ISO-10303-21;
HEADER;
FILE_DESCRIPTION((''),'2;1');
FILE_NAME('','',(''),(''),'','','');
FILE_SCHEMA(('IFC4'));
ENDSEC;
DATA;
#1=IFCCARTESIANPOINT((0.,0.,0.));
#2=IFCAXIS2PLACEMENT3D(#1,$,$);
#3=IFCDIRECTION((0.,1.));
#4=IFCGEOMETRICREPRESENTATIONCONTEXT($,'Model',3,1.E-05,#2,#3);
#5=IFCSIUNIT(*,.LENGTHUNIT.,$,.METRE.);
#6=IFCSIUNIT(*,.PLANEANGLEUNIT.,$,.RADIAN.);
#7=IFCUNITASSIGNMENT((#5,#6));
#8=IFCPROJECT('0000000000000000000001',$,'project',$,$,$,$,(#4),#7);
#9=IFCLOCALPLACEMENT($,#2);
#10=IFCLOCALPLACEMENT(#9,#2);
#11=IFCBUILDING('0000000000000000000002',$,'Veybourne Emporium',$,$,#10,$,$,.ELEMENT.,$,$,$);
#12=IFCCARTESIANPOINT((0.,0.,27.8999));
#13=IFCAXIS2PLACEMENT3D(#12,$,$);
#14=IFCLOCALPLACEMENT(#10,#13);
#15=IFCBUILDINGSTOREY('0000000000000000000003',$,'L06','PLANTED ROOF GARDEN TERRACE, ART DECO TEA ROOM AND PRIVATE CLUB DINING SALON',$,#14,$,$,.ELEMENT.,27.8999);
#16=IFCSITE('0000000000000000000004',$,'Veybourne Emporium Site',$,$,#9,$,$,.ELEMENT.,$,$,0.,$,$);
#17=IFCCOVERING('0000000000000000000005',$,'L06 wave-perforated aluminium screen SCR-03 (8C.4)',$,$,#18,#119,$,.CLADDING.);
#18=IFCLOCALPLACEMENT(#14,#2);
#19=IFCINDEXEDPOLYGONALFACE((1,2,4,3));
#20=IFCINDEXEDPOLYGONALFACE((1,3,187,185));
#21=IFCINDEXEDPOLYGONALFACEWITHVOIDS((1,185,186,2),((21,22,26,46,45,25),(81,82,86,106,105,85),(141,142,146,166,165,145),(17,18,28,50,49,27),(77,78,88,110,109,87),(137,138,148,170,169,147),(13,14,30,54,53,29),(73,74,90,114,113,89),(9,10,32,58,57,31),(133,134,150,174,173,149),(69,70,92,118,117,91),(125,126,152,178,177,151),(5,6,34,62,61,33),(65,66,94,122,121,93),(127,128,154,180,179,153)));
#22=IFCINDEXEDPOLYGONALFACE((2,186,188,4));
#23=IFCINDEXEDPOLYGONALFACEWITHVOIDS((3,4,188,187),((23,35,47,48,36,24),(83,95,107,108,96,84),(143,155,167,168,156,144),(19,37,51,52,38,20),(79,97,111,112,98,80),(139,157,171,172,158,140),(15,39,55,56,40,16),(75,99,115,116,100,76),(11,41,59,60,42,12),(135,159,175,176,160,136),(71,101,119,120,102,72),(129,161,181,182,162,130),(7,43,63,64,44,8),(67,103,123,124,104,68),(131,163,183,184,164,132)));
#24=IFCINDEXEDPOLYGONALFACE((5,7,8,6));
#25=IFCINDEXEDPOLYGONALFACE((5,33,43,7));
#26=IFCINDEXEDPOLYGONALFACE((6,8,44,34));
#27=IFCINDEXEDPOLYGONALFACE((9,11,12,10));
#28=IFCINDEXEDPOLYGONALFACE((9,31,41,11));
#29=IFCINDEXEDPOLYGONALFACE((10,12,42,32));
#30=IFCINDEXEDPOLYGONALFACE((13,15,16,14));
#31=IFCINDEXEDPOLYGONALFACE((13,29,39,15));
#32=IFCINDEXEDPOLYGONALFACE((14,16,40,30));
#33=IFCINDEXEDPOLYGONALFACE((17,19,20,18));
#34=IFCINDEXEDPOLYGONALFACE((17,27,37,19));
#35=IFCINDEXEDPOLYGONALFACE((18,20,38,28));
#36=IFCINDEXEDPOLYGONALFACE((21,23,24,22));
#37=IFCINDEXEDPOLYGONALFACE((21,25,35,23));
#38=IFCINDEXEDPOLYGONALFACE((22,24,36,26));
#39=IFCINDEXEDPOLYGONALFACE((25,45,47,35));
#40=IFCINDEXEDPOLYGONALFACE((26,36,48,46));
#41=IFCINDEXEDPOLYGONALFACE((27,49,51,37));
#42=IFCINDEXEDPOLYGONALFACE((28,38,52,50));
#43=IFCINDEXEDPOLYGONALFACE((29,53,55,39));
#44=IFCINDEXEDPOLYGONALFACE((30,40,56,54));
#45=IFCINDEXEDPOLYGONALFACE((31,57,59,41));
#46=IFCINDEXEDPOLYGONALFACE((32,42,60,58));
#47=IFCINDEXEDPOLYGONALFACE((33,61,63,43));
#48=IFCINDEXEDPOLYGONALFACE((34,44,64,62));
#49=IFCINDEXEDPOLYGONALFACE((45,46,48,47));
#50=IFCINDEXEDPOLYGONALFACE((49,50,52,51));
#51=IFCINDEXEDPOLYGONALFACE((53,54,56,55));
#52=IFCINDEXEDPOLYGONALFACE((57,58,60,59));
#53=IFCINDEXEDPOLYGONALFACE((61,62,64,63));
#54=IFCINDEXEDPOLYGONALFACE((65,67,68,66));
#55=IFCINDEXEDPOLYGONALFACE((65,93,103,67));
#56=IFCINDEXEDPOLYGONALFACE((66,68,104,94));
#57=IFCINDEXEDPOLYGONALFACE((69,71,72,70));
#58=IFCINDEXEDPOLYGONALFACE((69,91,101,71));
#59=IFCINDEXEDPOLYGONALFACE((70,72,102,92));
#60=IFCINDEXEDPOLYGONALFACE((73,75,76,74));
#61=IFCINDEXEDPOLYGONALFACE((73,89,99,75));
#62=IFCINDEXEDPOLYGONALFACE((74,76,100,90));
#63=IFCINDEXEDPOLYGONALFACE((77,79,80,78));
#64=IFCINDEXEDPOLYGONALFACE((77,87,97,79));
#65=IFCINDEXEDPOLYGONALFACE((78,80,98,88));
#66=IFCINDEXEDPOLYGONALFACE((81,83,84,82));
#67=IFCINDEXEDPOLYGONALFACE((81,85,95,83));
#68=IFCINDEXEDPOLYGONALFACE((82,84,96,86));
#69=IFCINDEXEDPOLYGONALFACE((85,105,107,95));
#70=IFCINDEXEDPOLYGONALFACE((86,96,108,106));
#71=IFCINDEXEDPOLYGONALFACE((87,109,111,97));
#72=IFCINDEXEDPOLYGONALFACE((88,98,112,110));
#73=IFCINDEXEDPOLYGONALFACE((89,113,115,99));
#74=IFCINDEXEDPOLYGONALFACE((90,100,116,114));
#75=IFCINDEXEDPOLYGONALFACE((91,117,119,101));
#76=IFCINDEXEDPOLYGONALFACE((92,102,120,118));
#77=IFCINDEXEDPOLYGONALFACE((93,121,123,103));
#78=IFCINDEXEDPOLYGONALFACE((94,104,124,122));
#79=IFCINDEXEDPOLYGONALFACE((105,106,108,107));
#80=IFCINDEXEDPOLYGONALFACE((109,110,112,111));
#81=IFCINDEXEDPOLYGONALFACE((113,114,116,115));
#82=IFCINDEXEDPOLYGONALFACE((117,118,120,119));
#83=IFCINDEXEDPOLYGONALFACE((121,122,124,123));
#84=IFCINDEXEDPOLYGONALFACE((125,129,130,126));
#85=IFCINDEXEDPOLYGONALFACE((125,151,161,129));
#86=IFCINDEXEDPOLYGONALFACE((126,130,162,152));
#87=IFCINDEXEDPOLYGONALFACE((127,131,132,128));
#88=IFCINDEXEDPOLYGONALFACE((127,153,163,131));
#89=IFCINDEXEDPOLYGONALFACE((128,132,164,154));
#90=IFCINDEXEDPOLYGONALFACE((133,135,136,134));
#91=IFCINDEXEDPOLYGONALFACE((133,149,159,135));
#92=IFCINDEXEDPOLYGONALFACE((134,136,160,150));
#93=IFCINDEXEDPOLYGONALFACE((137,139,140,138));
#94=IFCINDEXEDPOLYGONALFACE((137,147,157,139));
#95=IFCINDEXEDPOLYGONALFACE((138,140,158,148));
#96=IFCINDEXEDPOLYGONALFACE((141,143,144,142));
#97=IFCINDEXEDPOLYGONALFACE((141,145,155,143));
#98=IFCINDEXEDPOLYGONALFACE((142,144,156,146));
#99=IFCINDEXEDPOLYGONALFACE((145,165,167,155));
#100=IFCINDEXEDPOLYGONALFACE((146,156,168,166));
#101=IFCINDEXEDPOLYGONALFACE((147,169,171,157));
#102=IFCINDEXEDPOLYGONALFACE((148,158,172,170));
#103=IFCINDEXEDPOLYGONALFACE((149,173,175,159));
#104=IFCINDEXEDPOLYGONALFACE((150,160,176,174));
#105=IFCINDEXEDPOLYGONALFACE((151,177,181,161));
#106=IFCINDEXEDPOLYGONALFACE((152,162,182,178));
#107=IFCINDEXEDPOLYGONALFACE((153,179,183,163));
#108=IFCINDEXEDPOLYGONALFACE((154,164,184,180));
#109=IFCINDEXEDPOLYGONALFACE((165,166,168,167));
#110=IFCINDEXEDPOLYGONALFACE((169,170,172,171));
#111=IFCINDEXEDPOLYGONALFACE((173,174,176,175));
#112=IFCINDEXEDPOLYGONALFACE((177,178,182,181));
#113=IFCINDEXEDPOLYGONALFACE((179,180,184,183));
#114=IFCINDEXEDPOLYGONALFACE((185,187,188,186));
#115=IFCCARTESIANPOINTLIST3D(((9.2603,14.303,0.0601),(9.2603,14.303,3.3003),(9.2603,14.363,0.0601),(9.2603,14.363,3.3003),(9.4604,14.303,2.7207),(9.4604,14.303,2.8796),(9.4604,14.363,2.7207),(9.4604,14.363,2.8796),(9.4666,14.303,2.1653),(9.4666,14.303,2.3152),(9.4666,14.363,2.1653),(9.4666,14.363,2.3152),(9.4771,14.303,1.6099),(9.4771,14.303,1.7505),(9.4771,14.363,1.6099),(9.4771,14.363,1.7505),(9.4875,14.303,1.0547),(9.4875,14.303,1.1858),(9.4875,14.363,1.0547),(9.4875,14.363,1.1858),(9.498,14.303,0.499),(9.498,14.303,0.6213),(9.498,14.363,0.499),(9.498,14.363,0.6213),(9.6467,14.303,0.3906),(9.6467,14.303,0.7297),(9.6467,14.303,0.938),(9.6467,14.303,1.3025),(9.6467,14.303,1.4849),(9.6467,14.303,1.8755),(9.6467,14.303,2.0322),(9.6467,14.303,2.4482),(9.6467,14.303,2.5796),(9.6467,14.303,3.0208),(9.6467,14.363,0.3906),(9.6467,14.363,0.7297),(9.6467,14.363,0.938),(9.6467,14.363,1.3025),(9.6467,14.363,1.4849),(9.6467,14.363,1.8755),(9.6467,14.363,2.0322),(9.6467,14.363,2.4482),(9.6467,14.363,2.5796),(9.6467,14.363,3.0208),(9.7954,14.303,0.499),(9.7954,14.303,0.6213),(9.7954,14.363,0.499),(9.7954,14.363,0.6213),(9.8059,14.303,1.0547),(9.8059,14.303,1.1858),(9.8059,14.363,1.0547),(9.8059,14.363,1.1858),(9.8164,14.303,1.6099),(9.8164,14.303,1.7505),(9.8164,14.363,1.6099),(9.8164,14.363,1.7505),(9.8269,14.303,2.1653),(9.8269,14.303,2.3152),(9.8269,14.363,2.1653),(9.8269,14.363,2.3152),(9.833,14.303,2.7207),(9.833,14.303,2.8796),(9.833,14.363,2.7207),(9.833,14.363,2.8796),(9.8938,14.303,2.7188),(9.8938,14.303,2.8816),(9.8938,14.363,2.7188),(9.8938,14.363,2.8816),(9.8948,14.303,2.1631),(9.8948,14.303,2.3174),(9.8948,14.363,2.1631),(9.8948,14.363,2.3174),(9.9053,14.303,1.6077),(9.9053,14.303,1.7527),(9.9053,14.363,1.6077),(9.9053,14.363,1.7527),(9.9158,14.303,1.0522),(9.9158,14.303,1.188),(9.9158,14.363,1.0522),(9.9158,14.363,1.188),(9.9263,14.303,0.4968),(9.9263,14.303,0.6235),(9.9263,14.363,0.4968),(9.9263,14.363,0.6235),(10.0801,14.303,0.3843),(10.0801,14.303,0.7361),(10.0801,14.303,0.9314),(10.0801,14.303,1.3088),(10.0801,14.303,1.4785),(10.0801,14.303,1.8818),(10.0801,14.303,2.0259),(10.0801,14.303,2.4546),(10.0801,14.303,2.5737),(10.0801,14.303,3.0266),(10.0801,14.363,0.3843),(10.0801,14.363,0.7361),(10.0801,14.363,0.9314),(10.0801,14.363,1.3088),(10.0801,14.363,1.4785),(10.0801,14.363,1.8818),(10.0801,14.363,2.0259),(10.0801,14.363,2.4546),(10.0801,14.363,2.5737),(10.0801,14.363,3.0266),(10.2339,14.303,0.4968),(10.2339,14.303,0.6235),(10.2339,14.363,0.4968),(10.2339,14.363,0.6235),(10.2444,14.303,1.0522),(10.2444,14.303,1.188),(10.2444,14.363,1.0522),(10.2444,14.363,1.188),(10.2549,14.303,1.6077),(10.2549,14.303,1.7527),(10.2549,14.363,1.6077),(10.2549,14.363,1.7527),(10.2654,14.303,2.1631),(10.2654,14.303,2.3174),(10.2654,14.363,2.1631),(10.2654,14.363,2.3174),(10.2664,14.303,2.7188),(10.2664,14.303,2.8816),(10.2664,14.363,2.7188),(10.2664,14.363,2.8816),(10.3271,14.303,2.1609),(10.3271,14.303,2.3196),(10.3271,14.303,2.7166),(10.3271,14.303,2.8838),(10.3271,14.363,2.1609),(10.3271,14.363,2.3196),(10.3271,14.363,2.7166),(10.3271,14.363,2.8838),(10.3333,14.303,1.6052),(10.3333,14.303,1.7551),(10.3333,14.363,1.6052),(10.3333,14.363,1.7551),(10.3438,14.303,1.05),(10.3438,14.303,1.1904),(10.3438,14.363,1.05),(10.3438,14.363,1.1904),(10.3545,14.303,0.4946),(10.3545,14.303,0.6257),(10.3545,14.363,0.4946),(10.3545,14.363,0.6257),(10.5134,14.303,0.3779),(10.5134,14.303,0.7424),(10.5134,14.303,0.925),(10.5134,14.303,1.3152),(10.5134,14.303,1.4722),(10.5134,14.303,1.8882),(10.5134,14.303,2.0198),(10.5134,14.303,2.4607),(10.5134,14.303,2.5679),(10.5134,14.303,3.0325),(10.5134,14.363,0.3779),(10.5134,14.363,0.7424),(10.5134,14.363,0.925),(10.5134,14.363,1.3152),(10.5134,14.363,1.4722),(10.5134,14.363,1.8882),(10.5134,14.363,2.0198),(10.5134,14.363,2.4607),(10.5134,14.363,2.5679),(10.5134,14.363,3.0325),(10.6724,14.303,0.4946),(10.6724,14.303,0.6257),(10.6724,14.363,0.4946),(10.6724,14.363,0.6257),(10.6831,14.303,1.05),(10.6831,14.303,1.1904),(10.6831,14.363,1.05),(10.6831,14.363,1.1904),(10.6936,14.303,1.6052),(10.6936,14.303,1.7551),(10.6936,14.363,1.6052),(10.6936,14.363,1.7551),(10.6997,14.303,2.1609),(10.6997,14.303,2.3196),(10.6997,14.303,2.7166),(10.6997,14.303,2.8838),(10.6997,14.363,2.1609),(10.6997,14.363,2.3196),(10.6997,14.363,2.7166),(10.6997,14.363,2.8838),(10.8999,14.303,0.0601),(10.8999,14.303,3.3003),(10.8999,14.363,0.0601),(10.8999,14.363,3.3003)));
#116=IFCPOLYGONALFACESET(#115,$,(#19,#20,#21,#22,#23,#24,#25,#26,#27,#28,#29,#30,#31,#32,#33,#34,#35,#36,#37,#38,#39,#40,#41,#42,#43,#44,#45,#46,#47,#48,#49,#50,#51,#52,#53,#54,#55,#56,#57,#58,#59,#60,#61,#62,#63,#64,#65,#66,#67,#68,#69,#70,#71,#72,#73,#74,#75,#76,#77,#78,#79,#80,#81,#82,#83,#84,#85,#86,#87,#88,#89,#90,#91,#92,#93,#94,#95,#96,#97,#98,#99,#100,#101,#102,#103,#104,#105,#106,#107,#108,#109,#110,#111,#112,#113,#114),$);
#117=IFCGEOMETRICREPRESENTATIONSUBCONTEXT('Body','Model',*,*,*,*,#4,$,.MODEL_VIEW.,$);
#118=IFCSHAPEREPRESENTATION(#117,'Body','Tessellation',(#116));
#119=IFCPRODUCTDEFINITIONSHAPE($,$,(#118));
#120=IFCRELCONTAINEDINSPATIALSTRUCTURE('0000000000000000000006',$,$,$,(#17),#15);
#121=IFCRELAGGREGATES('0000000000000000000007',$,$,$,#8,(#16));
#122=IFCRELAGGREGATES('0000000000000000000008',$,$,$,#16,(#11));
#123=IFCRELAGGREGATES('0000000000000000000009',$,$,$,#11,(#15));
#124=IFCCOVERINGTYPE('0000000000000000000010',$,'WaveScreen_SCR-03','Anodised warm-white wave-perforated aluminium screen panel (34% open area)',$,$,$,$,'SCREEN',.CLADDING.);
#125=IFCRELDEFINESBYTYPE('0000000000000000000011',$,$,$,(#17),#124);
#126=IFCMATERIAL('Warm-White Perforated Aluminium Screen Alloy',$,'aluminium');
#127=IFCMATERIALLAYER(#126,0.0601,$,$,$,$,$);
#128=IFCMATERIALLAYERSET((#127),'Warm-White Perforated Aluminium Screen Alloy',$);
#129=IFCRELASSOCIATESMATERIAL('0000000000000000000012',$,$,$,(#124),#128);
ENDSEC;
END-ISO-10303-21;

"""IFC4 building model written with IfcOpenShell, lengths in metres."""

from ifc_helpers import new_model, si_unit, direction, frame, origin, place, context, subcontext, project, spatial, polyline, outline, extrude, material, layer, layer_set, type_object, element, save


model = new_model("IFC4")

# Units and contexts
model_context = context("Model", 3, precision=1e-05, world=origin(), true_north=direction((0.0, 1.0)))
body_context = subcontext(model_context, "Body", "Model", "MODEL_VIEW")
ifc_project = project(units=[si_unit("LENGTHUNIT", "METRE"), si_unit("PLANEANGLEUNIT", "RADIAN")], contexts=[model_context])

# Site, building, storey
site_placement = place(None, origin())
site = spatial("IfcSite", under=ifc_project, at=site_placement, Name="Veybourne Emporium Site", CompositionType="ELEMENT", RefElevation=0.0)
building_placement = place(site_placement, origin())
building = spatial("IfcBuilding", under=site, at=building_placement, Name="Veybourne Emporium", CompositionType="ELEMENT")
storey_placement = place(building_placement, frame((0.0, 0.0, 27.8999)))
storey = spatial("IfcBuildingStorey", under=building, at=storey_placement, Name="L06", Description="PLANTED ROOF GARDEN TERRACE, ART DECO TEA ROOM AND PRIVATE CLUB DINING SALON", CompositionType="ELEMENT", Elevation=27.8999)

# Covering
ifc_material_1 = material(Name="Warm-White Perforated Aluminium Screen Alloy", Category="aluminium")
ifc_layer_1 = layer(ifc_material_1, 0.0601)
ifc_layer_set_1 = layer_set([ifc_layer_1], Name="Warm-White Perforated Aluminium Screen Alloy")
covering_type_1 = type_object("IfcCoveringType", Name="WaveScreen_SCR-03", Description="Anodised warm-white wave-perforated aluminium screen panel (34% open area)", ElementType="SCREEN", PredefinedType="CLADDING", material=ifc_layer_set_1)
covering_1_placement = place(storey_placement, frame((10.0801, 14.303, 1.6802), z_axis=(0.0, 1.0, 0.0), x_axis=(-1.0, 0.0, 0.0)))
element("IfcCovering", 1, at=covering_1_placement, inside=storey, type_object=covering_type_1, Name="L06 wave-perforated aluminium screen SCR-03 (8C.4)", PredefinedType="CLADDING", context=body_context, shape_type="SweptSolid", body=[
    extrude(outline(polyline([(-0.8198, -1.6201), (0.8198, -1.6201), (0.8198, 1.6201), (-0.8198, 1.6201), (-0.8198, -1.6201)]), holes=[polyline([(-0.4333, -0.9377), (-0.2744, -1.0544), (-0.2744, -1.1855), (-0.4333, -1.3022), (-0.5923, -1.1855), (-0.5923, -1.0544), (-0.4333, -0.9377)]), polyline([(-0.4333, -0.365), (-0.2637, -0.4897), (-0.2637, -0.6301), (-0.4333, -0.7551), (-0.603, -0.6301), (-0.603, -0.4897), (-0.4333, -0.365)]), polyline([(-0.4333, 0.208), (-0.2532, 0.075), (-0.2532, -0.075), (-0.4333, -0.208), (-0.6135, -0.075), (-0.6135, 0.075), (-0.4333, 0.208)]), polyline([(-0.4333, 0.7805), (-0.2471, 0.6394), (-0.2471, 0.4807), (-0.4333, 0.3396), (-0.6196, 0.4807), (-0.6196, 0.6394), (-0.4333, 0.7805)]), polyline([(-0.4333, 1.3523), (-0.2471, 1.2036), (-0.2471, 1.0364), (-0.4333, 0.8877), (-0.6196, 1.0364), (-0.6196, 1.2036), (-0.4333, 1.3523)]), polyline([(0.0, -0.9441), (0.1538, -1.0566), (0.1538, -1.1833), (0.0, -1.2959), (-0.1538, -1.1833), (-0.1538, -1.0566), (0.0, -0.9441)]), polyline([(0.0, -0.3713), (0.1643, -0.4922), (0.1643, -0.6279), (0.0, -0.7488), (-0.1643, -0.6279), (-0.1643, -0.4922), (0.0, -0.3713)]), polyline([(0.0, 0.2017), (0.1748, 0.0725), (0.1748, -0.0725), (0.0, -0.2017), (-0.1748, -0.0725), (-0.1748, 0.0725), (0.0, 0.2017)]), polyline([(0.0, 0.7744), (0.1853, 0.6372), (0.1853, 0.4829), (0.0, 0.3457), (-0.1853, 0.4829), (-0.1853, 0.6372), (0.0, 0.7744)]), polyline([(0.0, 1.3464), (0.1863, 1.2014), (0.1863, 1.0386), (0.0, 0.8936), (-0.1863, 1.0386), (-0.1863, 1.2014), (0.0, 1.3464)]), polyline([(0.4333, -0.9504), (0.582, -1.0588), (0.582, -1.1812), (0.4333, -1.2896), (0.2847, -1.1812), (0.2847, -1.0588), (0.4333, -0.9504)]), polyline([(0.4333, -0.3777), (0.5925, -0.4944), (0.5925, -0.6255), (0.4333, -0.7422), (0.2742, -0.6255), (0.2742, -0.4944), (0.4333, -0.3777)]), polyline([(0.4333, 0.1953), (0.603, 0.0703), (0.603, -0.0703), (0.4333, -0.1953), (0.2637, -0.0703), (0.2637, 0.0703), (0.4333, 0.1953)]), polyline([(0.4333, 0.7681), (0.6135, 0.635), (0.6135, 0.4851), (0.4333, 0.3521), (0.2532, 0.4851), (0.2532, 0.635), (0.4333, 0.7681)]), polyline([(0.4333, 1.3406), (0.6196, 1.1995), (0.6196, 1.0405), (0.4333, 0.8994), (0.2471, 1.0405), (0.2471, 1.1995), (0.4333, 1.3406)])]), origin(), (0.0, 0.0, 1.0), 0.0601),
])

save(model, "model.ifc")
